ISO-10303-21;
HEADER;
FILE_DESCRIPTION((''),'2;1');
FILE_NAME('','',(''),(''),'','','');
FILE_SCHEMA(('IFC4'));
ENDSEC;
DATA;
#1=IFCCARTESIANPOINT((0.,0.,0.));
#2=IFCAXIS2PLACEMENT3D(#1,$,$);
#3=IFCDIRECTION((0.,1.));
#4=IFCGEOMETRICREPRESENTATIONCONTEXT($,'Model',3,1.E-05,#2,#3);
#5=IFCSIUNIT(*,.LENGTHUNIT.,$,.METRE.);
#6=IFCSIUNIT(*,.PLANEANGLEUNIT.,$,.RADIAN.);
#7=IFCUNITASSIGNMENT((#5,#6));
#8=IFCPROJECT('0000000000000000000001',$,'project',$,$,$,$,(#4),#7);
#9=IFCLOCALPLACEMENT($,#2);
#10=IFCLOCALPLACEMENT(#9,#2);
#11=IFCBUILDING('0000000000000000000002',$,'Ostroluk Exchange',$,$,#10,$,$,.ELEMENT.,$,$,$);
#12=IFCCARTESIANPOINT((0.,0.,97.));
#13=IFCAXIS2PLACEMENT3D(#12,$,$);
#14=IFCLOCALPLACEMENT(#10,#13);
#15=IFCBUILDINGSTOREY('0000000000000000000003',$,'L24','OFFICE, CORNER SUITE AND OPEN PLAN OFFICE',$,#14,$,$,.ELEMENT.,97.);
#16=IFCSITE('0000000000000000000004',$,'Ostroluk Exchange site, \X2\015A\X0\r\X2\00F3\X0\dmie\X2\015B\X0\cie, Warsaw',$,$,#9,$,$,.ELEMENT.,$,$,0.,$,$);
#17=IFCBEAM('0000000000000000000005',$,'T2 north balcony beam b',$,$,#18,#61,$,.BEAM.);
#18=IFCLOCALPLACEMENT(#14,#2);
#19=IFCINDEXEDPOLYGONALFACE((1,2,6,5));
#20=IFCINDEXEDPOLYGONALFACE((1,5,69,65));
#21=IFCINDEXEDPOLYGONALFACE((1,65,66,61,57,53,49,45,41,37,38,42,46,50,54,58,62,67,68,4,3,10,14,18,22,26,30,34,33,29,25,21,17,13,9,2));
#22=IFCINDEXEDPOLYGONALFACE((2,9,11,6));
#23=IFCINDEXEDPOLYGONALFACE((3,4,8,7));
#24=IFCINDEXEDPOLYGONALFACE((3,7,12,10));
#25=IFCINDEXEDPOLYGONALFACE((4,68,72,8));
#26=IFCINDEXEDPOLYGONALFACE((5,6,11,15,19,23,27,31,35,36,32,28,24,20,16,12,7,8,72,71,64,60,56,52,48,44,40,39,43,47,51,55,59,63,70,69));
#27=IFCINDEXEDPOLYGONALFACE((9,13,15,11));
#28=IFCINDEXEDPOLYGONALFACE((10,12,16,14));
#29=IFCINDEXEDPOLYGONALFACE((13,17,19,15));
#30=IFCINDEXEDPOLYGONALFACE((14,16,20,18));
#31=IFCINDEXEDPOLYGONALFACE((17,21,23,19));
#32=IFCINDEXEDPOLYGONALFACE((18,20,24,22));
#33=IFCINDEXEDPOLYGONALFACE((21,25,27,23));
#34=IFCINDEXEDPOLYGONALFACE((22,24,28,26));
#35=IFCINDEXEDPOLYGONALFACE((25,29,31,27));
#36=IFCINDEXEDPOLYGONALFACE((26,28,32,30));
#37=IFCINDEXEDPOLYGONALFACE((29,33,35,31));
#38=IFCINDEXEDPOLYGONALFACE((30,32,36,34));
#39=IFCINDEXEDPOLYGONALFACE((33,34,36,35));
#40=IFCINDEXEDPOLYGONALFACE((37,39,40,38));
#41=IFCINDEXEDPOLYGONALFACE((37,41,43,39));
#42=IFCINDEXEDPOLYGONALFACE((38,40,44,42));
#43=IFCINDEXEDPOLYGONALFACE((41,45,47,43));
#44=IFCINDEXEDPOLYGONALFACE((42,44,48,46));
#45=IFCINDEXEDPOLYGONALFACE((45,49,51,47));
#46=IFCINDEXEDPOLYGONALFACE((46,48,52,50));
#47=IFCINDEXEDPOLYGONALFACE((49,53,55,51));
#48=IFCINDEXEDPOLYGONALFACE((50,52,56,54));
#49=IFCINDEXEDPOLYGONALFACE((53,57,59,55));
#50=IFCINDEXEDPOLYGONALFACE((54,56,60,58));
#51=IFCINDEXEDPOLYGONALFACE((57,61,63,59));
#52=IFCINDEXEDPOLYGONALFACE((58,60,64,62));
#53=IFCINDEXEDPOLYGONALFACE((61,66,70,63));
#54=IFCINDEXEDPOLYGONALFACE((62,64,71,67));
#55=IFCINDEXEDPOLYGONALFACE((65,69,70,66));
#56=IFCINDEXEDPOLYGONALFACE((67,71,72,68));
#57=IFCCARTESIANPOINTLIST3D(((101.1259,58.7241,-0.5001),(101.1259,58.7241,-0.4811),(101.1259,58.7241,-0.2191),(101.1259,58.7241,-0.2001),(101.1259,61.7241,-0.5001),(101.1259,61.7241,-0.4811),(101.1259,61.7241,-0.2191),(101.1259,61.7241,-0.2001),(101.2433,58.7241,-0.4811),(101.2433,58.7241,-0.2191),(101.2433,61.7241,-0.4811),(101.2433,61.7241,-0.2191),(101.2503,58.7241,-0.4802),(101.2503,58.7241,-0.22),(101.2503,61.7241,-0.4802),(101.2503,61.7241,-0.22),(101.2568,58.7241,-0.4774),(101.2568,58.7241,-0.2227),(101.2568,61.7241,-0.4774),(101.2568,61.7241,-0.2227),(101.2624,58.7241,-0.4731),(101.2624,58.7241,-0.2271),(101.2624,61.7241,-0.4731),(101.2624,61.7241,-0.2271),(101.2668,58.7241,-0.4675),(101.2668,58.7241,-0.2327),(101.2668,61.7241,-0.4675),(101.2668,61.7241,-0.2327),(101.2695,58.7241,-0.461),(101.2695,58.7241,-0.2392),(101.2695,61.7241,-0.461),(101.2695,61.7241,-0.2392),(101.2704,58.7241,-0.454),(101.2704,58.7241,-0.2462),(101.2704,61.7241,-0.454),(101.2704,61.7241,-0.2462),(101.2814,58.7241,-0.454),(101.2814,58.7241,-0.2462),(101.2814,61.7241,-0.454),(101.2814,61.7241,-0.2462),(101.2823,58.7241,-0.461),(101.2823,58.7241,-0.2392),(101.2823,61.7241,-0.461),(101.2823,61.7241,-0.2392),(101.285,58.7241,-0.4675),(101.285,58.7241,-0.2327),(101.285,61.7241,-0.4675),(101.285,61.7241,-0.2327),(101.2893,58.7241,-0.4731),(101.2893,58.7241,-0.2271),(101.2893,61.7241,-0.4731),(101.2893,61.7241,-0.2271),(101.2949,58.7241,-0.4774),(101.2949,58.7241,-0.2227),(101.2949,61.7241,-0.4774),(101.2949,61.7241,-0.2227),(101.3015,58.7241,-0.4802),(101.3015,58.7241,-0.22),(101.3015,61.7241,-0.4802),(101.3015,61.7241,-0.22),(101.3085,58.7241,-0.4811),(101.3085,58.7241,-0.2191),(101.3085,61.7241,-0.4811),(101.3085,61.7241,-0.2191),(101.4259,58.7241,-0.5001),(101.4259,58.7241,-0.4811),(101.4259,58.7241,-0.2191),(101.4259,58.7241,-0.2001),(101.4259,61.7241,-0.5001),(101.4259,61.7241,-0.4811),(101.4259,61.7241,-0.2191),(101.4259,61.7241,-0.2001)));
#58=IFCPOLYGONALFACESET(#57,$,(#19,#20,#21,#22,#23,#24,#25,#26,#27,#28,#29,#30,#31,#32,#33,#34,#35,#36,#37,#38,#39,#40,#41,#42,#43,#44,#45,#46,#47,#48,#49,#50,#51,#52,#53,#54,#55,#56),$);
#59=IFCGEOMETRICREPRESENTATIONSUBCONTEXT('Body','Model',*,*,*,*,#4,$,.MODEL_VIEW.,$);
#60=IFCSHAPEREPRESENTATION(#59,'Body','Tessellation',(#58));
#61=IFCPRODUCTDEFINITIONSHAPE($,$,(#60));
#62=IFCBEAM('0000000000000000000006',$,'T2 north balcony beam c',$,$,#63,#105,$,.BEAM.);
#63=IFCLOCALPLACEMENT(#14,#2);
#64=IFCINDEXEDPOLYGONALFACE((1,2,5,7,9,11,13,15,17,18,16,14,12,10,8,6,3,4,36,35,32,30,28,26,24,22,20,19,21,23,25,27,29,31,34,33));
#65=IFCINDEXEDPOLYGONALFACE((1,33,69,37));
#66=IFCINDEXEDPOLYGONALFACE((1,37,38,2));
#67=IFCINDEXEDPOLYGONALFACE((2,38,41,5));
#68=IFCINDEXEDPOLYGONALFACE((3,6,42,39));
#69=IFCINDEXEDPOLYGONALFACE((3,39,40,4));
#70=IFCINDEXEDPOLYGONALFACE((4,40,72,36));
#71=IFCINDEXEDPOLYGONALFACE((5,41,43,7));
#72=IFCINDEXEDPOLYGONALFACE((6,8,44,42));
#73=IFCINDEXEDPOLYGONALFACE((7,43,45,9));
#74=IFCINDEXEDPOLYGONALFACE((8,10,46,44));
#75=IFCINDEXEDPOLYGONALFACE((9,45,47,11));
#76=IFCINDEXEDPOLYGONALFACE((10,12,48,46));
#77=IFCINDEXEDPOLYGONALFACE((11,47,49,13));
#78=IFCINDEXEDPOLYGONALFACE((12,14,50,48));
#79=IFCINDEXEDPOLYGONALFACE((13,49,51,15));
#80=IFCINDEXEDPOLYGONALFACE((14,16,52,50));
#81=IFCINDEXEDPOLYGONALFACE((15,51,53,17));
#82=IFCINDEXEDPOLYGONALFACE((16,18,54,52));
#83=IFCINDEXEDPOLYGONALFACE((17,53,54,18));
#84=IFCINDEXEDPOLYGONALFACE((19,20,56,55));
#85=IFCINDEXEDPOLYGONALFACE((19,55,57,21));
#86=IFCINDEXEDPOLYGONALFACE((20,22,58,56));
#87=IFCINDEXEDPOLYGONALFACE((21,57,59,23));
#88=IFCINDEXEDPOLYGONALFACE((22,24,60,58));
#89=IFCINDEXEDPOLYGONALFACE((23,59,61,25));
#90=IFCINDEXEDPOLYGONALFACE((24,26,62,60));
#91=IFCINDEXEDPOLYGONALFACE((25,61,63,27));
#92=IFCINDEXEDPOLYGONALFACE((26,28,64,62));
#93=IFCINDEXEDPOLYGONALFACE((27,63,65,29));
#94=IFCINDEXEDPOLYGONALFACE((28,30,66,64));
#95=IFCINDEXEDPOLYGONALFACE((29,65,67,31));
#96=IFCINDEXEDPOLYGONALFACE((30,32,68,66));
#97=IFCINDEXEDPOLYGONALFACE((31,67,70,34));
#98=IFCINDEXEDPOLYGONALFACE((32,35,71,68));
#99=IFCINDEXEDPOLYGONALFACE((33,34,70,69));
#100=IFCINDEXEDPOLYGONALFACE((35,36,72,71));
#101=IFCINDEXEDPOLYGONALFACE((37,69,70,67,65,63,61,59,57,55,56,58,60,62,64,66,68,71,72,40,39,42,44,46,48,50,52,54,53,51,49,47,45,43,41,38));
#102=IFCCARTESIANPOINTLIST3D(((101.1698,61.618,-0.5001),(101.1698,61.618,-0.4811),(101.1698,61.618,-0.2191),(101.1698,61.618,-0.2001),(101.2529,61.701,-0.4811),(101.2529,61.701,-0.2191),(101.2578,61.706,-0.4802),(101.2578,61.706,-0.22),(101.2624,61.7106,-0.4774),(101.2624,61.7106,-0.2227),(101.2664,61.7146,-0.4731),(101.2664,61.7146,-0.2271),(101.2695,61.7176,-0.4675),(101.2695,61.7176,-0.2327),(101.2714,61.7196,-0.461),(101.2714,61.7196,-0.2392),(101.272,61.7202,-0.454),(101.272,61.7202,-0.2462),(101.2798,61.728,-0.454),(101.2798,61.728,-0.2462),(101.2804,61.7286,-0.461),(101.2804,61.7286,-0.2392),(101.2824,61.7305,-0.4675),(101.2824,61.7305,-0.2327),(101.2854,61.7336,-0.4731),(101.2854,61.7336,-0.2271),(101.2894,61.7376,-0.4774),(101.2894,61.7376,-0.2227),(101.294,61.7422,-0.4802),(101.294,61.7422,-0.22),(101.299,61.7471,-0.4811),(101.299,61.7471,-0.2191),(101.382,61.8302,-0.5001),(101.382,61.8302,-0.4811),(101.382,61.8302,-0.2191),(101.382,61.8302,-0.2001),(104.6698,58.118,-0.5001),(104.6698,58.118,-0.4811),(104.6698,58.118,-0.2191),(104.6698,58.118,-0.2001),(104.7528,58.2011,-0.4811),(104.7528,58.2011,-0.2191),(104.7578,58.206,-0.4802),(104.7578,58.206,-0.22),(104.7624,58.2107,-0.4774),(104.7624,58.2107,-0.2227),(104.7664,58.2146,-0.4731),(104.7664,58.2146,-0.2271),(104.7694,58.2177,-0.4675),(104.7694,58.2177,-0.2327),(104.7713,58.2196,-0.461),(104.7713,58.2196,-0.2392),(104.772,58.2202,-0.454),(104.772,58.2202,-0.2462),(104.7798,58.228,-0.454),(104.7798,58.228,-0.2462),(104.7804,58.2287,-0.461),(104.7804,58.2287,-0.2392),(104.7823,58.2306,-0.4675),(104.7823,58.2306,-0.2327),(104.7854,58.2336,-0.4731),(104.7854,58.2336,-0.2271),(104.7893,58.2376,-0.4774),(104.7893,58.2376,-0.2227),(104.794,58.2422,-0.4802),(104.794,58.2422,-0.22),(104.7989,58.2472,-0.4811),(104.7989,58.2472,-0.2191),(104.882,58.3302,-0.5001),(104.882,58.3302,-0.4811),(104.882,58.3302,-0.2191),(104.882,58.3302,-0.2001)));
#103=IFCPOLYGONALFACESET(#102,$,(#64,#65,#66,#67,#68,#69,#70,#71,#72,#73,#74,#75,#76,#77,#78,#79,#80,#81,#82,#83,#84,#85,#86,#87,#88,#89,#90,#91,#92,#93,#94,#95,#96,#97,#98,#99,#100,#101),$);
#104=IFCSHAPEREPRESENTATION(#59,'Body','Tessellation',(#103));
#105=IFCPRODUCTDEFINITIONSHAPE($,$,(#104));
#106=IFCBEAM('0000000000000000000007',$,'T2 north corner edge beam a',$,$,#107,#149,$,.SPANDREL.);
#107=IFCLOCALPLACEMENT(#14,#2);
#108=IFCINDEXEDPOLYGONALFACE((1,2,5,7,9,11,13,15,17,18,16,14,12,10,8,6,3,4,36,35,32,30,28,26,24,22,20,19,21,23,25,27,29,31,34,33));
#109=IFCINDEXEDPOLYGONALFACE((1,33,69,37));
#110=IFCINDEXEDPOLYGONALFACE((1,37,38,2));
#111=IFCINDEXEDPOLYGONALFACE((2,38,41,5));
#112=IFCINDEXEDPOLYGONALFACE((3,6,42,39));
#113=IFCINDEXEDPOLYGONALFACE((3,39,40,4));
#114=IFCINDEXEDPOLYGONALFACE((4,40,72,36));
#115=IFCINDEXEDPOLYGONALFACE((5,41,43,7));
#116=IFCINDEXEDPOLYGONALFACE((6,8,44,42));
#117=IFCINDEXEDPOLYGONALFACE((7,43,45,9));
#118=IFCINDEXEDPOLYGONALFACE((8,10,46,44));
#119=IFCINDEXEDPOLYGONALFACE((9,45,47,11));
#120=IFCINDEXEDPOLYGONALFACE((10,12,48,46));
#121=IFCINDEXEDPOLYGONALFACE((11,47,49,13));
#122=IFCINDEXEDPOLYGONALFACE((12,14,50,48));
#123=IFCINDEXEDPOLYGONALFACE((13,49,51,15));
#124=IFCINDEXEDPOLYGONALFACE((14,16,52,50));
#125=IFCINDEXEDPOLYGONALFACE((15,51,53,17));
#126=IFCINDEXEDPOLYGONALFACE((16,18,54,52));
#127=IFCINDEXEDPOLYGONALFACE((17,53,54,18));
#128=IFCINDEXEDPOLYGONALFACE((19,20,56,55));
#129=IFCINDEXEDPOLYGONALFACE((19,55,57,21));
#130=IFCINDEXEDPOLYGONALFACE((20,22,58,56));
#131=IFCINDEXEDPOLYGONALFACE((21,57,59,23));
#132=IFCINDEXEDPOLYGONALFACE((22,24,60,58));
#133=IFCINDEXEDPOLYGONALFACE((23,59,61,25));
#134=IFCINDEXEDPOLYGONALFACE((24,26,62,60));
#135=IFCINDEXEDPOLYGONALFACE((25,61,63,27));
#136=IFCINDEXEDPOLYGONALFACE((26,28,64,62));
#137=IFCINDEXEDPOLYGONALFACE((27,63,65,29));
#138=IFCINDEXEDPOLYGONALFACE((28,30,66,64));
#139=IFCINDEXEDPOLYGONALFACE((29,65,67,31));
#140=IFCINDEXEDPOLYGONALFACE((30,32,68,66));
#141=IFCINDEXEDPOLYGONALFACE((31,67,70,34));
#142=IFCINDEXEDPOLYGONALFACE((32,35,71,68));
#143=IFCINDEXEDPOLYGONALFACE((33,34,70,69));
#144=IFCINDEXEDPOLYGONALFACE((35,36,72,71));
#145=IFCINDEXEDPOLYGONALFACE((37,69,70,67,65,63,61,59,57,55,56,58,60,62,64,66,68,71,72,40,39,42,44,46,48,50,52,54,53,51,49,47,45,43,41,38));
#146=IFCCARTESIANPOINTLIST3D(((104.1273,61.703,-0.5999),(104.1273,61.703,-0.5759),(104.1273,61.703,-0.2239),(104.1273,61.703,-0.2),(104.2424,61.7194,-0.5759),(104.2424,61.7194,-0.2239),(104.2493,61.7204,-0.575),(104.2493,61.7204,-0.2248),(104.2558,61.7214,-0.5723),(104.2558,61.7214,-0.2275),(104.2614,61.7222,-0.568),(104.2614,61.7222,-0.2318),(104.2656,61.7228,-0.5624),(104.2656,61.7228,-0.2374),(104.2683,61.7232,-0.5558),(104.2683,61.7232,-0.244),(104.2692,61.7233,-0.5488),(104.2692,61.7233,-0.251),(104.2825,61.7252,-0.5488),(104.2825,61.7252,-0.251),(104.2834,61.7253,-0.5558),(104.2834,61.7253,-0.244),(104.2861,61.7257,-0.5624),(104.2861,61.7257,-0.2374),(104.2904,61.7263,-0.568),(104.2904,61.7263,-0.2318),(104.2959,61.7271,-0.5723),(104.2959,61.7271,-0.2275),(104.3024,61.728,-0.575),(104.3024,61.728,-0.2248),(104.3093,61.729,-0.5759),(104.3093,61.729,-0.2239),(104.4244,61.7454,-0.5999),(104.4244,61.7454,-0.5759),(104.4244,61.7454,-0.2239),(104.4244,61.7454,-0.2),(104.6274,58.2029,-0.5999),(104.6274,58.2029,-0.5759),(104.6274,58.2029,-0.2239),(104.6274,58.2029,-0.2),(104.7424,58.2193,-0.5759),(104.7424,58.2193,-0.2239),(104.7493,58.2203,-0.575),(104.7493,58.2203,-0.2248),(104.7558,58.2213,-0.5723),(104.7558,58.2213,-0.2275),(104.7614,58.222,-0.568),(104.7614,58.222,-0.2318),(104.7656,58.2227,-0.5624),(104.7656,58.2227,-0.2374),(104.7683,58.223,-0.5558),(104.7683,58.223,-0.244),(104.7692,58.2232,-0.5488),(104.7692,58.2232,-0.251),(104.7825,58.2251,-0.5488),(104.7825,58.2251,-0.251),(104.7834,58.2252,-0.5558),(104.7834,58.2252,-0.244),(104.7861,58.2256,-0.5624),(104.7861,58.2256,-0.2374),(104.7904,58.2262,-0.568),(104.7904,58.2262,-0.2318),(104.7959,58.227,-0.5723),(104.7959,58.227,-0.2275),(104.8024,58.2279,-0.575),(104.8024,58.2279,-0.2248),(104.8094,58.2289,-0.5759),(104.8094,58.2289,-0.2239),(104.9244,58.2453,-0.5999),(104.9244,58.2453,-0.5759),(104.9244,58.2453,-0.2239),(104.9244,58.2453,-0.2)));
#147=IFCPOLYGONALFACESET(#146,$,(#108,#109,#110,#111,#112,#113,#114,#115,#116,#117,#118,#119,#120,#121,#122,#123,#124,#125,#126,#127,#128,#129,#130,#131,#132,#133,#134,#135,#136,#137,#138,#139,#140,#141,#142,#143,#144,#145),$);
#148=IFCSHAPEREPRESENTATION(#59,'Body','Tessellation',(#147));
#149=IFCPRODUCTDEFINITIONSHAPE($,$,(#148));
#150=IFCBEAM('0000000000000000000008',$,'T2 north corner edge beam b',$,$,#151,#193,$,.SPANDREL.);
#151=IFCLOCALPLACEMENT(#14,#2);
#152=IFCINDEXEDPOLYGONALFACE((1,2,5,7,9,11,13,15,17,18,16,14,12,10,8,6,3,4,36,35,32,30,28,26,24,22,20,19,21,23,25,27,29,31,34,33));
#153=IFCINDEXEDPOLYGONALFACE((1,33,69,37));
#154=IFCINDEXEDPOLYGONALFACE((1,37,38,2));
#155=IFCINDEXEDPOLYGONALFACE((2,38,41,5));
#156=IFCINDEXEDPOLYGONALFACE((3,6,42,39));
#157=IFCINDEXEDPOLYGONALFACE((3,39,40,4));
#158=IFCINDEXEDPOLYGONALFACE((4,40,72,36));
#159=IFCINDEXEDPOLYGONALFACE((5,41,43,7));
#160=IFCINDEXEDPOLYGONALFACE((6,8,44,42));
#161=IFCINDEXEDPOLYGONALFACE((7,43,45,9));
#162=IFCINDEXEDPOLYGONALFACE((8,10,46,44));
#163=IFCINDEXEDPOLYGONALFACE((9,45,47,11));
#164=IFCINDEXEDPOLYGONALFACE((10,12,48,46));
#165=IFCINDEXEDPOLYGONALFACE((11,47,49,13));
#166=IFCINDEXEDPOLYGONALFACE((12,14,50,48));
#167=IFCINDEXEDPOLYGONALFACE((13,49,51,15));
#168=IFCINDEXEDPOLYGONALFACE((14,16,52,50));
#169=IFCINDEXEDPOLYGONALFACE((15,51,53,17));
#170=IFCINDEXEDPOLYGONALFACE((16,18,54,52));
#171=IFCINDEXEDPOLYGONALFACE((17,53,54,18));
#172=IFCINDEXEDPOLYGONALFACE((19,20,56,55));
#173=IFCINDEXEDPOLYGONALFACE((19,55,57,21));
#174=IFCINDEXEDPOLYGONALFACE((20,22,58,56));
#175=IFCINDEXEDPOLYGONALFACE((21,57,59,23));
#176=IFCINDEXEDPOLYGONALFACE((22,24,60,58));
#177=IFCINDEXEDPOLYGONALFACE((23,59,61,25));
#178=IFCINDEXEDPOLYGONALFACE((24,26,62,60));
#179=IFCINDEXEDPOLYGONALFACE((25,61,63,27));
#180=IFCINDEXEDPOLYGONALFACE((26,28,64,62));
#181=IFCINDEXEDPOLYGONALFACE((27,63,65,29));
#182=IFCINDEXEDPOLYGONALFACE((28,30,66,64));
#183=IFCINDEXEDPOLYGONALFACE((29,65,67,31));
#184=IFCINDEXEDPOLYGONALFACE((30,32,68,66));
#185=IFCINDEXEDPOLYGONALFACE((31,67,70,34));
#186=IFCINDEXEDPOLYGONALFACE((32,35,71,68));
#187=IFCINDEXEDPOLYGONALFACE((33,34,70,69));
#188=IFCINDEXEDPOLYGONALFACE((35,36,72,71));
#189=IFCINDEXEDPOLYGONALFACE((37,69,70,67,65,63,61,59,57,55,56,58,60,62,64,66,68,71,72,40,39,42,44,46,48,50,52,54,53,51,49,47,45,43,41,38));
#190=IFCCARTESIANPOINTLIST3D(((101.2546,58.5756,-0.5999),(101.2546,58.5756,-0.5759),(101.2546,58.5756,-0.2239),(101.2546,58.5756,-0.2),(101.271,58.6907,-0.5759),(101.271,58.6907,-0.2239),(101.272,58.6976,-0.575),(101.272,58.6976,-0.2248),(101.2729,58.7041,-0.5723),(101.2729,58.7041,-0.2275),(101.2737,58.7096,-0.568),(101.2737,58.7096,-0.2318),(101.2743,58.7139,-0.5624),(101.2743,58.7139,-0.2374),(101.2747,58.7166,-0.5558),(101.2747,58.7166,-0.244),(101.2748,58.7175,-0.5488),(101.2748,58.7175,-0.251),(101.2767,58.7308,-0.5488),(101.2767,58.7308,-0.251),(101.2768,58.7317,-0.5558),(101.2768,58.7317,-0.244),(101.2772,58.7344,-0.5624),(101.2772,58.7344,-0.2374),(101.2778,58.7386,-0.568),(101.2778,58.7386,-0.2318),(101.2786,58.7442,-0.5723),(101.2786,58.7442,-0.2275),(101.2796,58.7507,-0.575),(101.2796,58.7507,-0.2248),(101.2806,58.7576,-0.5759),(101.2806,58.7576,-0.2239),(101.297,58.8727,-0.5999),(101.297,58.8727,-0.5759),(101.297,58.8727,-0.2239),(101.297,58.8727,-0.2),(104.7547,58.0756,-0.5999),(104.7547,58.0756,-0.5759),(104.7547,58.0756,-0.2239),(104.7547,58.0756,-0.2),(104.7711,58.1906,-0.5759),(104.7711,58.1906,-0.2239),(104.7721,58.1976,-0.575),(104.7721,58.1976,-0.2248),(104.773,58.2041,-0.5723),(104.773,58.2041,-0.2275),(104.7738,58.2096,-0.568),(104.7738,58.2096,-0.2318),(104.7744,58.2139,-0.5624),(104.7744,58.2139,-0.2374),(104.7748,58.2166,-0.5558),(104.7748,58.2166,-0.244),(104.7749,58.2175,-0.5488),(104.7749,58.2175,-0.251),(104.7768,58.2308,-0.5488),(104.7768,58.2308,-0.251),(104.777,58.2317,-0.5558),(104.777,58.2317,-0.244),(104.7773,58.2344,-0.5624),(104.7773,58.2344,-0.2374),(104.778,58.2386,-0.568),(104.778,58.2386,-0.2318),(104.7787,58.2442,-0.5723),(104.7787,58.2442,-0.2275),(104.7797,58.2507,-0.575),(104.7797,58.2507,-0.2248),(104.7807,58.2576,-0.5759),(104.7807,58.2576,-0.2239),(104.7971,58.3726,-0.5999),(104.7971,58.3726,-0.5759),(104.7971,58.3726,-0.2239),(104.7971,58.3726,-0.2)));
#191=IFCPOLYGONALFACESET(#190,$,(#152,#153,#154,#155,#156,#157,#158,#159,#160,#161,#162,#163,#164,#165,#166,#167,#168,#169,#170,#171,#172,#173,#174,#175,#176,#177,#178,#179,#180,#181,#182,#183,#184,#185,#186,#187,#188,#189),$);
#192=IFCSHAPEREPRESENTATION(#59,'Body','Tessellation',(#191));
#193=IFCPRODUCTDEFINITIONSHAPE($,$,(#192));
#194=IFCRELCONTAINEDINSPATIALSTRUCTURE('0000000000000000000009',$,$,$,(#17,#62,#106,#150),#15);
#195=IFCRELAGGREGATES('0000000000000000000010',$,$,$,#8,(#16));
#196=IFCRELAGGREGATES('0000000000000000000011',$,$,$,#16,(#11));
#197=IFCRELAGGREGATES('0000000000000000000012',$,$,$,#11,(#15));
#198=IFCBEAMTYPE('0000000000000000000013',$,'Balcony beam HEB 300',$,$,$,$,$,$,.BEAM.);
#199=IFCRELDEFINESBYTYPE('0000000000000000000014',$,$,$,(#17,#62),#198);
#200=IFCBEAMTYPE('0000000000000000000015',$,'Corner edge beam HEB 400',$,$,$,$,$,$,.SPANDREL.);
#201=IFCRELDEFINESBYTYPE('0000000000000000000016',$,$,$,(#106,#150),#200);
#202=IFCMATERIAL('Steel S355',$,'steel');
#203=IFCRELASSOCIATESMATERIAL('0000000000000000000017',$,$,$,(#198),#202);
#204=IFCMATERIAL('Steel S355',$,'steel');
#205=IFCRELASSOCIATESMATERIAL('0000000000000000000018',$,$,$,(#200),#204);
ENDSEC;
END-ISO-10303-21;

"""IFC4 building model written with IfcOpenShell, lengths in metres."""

from ifc_helpers import new_model, si_unit, direction, frame, origin, origin_2d, place, context, subcontext, project, spatial, i_section, extrude, material, material_profile, profile_set, type_object, element, save


model = new_model("IFC4")

# Units and contexts
model_context = context("Model", 3, precision=1e-05, world=origin(), true_north=direction((0.0, 1.0)))
body_context = subcontext(model_context, "Body", "Model", "MODEL_VIEW")
ifc_project = project(units=[si_unit("LENGTHUNIT", "METRE"), si_unit("PLANEANGLEUNIT", "RADIAN")], contexts=[model_context])

# Site, building, storey
site_placement = place(None, origin())
site = spatial("IfcSite", under=ifc_project, at=site_placement, Name="Ostroluk Exchange site, Śródmieście, Warsaw", CompositionType="ELEMENT", RefElevation=0.0)
building_placement = place(site_placement, origin())
building = spatial("IfcBuilding", under=site, at=building_placement, Name="Ostroluk Exchange", CompositionType="ELEMENT")
storey_placement = place(building_placement, frame((0.0, 0.0, 97.0)))
storey = spatial("IfcBuildingStorey", under=building, at=storey_placement, Name="L24", Description="OFFICE, CORNER SUITE AND OPEN PLAN OFFICE", CompositionType="ELEMENT", Elevation=97.0)

# Beams
ifc_material_1 = material(Name="Steel S355", Category="steel")
ifc_material_profile_1 = material_profile(ifc_material_1, i_section(OverallWidth=0.3, OverallDepth=0.3, WebThickness=0.011, FlangeThickness=0.019, FilletRadius=0.0271, at=origin_2d()), Name="HEB 300")
ifc_profile_set_1 = profile_set([ifc_material_profile_1], Name="Steel S355")
beam_type_1 = type_object("IfcBeamType", Name="Balcony beam HEB 300", PredefinedType="BEAM", material=ifc_profile_set_1)
for number, where, z_axis, x_axis, name in (
    (1, (101.2759, 58.7241, -0.3501), (0.0, 1.0, 0.0), (-1.0, 0.0, 0.0), "T2 north balcony beam b"),
):
    element("IfcBeam", number, at=place(storey_placement, frame(where, z_axis=z_axis, x_axis=x_axis)), inside=storey, type_object=beam_type_1, Name=name, PredefinedType="BEAM", context=body_context, shape_type="SweptSolid", body=[
        extrude(i_section(OverallWidth=0.3, OverallDepth=0.3, WebThickness=0.011, FlangeThickness=0.019, FilletRadius=0.0271, at=origin_2d()), origin(), (0.0, 0.0, 1.0), 3.0),
    ])
beam_1_placement = place(storey_placement, frame((104.7759, 58.2241, -0.3501), z_axis=(-0.707107, 0.707107, 0.0), x_axis=(-0.707107, -0.707107, 0.0)))
element("IfcBeam", 2, at=beam_1_placement, inside=storey, type_object=beam_type_1, Name="T2 north balcony beam c", PredefinedType="BEAM", context=body_context, shape_type="SweptSolid", body=[
    extrude(i_section(OverallWidth=0.3, OverallDepth=0.3, WebThickness=0.011, FlangeThickness=0.019, FilletRadius=0.0271, at=origin_2d()), origin(), (0.0, 0.0, 1.0), 4.9497),
])
ifc_material_2 = material(Name="Steel S355", Category="steel")
ifc_material_profile_2 = material_profile(ifc_material_2, i_section(OverallWidth=0.3, OverallDepth=0.3999, WebThickness=0.0134, FlangeThickness=0.0239, FilletRadius=0.0271, at=origin_2d()), Name="HEB 400")
ifc_profile_set_2 = profile_set([ifc_material_profile_2], Name="Steel S355")
beam_type_2 = type_object("IfcBeamType", Name="Corner edge beam HEB 400", PredefinedType="SPANDREL", material=ifc_profile_set_2)
for number, where, z_axis, x_axis, name in (
    (3, (104.7759, 58.2241, -0.3999), (-0.141421, 0.989949, 0.0), (-0.989949, -0.141421, 0.0), "T2 north corner edge beam a"),
    (4, (104.7759, 58.2241, -0.3999), (-0.989949, 0.141421, 0.0), (-0.141421, -0.989949, 0.0), "T2 north corner edge beam b"),
):
    element("IfcBeam", number, at=place(storey_placement, frame(where, z_axis=z_axis, x_axis=x_axis)), inside=storey, type_object=beam_type_2, Name=name, PredefinedType="SPANDREL", context=body_context, shape_type="SweptSolid", body=[
        extrude(i_section(OverallWidth=0.3, OverallDepth=0.3999, WebThickness=0.0134, FlangeThickness=0.0239, FilletRadius=0.0271, at=origin_2d()), origin(), (0.0, 0.0, 1.0), 3.5356),
    ])

save(model, "model.ifc")
